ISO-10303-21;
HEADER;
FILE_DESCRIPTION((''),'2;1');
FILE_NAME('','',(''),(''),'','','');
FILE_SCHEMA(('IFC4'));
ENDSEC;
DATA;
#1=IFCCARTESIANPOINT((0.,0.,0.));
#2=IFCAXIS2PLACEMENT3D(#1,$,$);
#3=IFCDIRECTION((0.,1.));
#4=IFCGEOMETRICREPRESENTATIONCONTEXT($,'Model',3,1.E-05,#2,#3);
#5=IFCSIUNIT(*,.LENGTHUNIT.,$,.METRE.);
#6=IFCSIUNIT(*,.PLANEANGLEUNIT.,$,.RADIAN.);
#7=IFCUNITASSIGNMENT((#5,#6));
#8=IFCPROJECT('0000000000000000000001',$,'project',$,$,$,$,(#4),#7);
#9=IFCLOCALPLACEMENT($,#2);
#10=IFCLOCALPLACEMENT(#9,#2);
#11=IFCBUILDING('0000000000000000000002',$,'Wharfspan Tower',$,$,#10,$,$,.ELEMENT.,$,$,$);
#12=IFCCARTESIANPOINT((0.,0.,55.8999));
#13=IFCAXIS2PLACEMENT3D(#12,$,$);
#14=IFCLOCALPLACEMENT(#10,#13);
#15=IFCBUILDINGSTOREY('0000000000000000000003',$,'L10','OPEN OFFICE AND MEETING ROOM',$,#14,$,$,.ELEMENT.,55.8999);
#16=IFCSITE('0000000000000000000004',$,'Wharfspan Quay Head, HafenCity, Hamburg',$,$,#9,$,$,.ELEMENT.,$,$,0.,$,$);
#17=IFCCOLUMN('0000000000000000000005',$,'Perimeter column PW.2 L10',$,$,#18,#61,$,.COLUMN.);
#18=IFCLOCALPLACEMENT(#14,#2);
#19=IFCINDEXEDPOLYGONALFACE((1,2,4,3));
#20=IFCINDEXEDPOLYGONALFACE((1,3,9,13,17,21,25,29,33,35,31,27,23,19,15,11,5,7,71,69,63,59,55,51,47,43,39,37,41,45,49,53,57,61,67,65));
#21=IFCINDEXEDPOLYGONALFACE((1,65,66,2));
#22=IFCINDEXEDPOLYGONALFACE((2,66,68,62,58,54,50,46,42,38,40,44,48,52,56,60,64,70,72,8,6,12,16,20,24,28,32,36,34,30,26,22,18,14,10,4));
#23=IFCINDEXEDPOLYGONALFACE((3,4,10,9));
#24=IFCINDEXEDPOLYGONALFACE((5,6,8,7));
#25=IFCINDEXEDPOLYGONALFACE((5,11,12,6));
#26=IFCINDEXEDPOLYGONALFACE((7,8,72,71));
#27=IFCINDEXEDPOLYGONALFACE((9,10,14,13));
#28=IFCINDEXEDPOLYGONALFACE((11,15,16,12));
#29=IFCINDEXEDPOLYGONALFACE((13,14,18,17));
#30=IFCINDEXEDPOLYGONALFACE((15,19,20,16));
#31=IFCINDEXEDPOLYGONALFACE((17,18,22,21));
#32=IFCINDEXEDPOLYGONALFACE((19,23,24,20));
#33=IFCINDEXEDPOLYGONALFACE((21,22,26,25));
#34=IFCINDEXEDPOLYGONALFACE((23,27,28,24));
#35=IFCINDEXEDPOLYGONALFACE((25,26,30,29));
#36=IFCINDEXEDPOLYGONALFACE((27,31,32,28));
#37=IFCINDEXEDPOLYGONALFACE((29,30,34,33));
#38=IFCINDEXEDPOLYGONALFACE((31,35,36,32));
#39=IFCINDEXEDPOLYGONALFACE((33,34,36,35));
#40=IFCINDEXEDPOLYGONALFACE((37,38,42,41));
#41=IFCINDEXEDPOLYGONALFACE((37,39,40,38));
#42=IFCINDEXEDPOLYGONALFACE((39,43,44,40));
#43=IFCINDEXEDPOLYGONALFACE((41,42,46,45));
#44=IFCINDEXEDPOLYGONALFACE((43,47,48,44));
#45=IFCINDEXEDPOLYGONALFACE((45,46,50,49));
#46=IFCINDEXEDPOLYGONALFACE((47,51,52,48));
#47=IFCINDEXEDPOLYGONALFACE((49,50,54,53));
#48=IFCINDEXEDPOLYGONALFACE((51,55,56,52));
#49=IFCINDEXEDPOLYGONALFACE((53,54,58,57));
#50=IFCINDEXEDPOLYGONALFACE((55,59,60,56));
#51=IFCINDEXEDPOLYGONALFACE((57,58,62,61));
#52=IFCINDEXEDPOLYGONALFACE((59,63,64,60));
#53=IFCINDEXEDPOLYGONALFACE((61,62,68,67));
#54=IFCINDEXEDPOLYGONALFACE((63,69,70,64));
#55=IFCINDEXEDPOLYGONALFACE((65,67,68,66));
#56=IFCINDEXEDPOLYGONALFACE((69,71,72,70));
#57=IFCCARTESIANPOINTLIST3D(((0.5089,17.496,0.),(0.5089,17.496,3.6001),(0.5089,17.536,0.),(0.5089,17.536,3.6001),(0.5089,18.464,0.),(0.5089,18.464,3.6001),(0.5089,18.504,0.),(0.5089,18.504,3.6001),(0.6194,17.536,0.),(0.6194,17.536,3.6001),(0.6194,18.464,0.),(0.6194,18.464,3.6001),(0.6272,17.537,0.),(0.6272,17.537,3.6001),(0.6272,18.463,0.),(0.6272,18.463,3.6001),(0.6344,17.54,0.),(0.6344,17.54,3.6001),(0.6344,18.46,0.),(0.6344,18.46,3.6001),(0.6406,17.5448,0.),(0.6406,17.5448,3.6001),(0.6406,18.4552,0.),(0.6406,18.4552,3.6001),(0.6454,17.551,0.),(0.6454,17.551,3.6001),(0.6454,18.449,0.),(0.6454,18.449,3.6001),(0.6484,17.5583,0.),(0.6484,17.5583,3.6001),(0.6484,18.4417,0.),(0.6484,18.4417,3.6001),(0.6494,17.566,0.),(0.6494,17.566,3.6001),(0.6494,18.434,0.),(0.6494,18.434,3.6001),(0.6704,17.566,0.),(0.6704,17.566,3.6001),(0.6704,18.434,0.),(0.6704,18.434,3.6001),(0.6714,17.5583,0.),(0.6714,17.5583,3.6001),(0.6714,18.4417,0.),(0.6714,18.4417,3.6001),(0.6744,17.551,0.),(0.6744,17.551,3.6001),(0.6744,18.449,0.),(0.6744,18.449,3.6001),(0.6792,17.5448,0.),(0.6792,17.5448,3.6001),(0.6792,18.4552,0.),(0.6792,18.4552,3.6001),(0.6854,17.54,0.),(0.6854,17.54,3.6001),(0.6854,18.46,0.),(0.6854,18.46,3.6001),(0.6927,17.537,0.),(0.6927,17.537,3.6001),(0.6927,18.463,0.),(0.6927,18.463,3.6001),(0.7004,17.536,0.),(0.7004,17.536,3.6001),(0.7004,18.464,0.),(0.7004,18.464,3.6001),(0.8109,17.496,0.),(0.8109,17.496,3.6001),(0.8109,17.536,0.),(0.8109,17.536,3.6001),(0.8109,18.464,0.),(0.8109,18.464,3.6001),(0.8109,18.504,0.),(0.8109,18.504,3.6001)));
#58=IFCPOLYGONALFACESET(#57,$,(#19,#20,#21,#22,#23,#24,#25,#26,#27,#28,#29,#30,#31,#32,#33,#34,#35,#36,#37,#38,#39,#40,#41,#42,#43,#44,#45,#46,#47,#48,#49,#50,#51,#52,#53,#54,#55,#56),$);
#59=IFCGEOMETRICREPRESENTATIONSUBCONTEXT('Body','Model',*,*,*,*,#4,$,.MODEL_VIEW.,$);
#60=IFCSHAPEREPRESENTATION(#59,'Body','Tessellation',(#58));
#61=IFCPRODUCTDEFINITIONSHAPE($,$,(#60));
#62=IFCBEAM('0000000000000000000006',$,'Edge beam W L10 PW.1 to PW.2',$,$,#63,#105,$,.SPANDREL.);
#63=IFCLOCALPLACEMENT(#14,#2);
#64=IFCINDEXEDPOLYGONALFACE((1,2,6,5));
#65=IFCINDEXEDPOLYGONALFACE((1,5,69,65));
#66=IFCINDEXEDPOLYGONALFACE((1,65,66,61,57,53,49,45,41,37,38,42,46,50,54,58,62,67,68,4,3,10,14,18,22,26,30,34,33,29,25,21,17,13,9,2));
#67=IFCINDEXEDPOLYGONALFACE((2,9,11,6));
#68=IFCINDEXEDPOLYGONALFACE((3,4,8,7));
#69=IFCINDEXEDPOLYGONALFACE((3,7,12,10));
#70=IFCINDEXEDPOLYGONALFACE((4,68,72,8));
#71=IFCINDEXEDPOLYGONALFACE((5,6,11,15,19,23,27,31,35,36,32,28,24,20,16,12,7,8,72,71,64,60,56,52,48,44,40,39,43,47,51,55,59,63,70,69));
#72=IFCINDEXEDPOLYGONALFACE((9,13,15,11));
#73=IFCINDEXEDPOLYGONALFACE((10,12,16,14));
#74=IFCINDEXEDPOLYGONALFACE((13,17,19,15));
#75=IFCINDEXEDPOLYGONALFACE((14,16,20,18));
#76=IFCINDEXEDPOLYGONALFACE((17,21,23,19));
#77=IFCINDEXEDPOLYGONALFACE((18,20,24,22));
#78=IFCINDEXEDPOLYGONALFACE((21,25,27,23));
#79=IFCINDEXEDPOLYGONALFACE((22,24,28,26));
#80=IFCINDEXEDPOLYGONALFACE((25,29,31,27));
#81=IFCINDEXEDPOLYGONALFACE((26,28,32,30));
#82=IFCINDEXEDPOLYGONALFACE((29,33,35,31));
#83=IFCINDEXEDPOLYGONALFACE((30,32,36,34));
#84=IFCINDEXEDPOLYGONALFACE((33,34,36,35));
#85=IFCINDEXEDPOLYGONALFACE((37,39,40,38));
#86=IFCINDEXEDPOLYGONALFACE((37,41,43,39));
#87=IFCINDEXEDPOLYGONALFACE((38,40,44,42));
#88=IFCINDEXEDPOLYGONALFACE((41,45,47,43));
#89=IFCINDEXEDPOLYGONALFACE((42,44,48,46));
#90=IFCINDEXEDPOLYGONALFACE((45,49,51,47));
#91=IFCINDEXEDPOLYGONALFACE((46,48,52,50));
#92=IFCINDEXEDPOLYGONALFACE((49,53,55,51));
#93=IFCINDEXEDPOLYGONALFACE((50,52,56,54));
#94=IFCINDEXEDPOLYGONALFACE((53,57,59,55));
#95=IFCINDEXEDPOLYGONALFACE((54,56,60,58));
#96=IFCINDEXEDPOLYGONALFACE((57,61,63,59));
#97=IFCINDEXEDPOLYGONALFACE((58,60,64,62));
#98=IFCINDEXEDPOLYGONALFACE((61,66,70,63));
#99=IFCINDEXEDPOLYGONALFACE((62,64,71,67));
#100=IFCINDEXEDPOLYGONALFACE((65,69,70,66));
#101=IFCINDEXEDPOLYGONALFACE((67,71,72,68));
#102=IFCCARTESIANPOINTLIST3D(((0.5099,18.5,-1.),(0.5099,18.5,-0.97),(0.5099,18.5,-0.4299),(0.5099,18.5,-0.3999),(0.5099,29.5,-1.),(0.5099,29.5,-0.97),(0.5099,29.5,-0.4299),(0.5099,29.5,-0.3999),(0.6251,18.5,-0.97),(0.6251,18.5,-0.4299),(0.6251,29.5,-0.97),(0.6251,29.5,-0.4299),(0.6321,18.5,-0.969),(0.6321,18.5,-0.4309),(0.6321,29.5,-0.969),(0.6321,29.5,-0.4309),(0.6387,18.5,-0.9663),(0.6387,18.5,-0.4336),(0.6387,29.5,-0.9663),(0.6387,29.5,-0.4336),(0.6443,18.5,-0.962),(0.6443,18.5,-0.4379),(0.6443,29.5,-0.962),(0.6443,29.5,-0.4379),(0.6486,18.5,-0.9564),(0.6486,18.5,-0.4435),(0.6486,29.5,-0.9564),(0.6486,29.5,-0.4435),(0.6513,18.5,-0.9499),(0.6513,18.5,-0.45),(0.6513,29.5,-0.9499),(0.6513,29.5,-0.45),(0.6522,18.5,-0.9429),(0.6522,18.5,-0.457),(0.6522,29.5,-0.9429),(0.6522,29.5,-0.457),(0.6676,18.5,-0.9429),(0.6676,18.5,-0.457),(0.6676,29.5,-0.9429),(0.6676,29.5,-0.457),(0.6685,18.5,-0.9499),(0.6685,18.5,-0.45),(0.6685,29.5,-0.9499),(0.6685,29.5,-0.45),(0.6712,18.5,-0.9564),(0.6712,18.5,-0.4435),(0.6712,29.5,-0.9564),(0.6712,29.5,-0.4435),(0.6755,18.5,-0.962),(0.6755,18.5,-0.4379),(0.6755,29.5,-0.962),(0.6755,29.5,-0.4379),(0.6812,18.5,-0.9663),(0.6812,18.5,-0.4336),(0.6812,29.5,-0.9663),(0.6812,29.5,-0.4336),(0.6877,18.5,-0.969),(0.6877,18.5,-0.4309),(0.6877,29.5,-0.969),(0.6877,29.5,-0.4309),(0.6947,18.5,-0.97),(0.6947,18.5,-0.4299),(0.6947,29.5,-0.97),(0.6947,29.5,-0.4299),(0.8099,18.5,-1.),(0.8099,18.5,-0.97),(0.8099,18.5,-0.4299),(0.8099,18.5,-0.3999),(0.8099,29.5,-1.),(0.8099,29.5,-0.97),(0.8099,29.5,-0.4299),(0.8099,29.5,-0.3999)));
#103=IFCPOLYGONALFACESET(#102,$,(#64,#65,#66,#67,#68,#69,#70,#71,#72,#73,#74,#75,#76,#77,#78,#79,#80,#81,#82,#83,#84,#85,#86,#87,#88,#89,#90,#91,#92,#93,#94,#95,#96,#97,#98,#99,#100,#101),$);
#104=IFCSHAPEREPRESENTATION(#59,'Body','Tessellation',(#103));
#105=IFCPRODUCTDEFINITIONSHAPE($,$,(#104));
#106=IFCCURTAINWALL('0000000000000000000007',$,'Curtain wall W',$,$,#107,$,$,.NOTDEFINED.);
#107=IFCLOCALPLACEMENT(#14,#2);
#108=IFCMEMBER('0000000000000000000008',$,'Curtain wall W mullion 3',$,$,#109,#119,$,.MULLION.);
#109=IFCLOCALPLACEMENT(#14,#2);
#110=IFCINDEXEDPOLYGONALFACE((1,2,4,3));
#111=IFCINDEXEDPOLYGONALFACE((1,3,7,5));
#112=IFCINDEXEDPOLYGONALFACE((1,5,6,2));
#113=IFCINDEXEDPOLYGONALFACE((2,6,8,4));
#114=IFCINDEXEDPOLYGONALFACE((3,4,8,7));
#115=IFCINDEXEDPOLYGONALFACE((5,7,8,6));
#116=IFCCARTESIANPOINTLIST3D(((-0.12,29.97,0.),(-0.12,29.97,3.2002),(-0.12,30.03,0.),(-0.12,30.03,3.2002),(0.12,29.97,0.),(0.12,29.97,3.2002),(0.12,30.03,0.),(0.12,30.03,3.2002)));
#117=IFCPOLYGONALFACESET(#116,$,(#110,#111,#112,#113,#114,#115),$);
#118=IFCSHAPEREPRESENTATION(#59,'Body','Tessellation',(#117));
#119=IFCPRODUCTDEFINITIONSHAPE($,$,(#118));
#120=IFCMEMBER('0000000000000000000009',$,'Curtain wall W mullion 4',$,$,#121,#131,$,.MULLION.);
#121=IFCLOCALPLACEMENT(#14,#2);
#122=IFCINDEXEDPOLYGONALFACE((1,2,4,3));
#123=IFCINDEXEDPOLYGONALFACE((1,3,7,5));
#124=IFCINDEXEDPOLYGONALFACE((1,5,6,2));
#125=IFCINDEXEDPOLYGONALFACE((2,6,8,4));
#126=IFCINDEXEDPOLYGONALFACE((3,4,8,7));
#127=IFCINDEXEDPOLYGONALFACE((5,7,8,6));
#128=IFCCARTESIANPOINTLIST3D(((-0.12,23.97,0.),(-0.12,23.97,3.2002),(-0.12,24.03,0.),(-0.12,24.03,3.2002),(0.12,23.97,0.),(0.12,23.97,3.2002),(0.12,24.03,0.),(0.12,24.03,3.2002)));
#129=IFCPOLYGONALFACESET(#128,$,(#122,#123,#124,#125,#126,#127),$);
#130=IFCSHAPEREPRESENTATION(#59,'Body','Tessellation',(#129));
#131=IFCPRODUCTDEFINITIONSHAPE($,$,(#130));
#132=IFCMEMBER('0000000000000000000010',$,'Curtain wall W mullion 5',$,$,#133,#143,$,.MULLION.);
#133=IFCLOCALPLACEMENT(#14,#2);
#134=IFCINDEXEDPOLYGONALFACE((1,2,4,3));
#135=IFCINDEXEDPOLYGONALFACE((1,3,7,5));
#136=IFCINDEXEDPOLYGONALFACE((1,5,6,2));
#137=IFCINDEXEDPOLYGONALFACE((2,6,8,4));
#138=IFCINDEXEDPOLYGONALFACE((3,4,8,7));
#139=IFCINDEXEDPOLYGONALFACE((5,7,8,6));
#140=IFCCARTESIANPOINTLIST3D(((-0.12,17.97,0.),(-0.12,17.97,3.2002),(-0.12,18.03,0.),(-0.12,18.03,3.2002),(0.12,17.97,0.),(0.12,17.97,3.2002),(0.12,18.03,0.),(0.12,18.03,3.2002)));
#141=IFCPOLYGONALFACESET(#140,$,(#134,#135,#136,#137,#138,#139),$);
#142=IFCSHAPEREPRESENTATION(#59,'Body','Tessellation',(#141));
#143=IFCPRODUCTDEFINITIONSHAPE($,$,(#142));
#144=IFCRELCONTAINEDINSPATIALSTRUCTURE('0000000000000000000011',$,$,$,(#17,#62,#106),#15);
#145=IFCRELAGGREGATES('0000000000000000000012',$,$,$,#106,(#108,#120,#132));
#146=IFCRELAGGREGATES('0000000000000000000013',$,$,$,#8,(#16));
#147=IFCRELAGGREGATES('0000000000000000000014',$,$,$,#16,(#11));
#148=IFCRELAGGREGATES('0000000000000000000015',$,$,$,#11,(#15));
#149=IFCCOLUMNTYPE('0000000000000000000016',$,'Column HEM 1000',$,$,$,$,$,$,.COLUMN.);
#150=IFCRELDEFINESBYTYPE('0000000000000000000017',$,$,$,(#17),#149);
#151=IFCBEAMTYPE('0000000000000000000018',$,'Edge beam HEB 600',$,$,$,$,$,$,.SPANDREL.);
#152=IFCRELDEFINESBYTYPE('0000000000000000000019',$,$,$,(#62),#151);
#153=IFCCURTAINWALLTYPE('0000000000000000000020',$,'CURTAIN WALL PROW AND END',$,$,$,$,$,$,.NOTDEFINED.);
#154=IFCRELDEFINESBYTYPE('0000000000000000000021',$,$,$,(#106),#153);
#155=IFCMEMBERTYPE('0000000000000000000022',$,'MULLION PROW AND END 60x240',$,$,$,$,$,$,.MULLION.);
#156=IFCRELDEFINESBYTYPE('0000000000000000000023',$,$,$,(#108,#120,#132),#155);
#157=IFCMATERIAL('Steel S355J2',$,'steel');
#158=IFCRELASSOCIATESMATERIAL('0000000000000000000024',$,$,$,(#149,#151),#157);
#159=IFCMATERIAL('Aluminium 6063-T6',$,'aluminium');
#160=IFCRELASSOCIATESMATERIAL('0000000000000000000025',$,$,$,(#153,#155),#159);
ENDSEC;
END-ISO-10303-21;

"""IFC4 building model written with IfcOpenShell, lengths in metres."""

from ifc_helpers import new_model, si_unit, direction, frame, origin, origin_2d, place, context, subcontext, project, spatial, rectangle, i_section, extrude, material, material_profile, profile_set, type_object, element, aggregate, save


model = new_model("IFC4")

# Units and contexts
model_context = context("Model", 3, precision=1e-05, world=origin(), true_north=direction((0.0, 1.0)))
body_context = subcontext(model_context, "Body", "Model", "MODEL_VIEW")
ifc_project = project(units=[si_unit("LENGTHUNIT", "METRE"), si_unit("PLANEANGLEUNIT", "RADIAN")], contexts=[model_context])

# Site, building, storey
site_placement = place(None, origin())
site = spatial("IfcSite", under=ifc_project, at=site_placement, Name="Wharfspan Quay Head, HafenCity, Hamburg", CompositionType="ELEMENT", RefElevation=0.0)
building_placement = place(site_placement, origin())
building = spatial("IfcBuilding", under=site, at=building_placement, Name="Wharfspan Tower", CompositionType="ELEMENT")
storey_placement = place(building_placement, frame((0.0, 0.0, 55.8999)))
storey = spatial("IfcBuildingStorey", under=building, at=storey_placement, Name="L10", Description="OPEN OFFICE AND MEETING ROOM", CompositionType="ELEMENT", Elevation=55.8999)

# Column
ifc_material_1 = material(Name="Steel S355J2", Category="steel")
ifc_material_profile_1 = material_profile(ifc_material_1, i_section(OverallWidth=0.302, OverallDepth=1.0081, WebThickness=0.021, FlangeThickness=0.04, FilletRadius=0.03, at=origin_2d()))
ifc_profile_set_1 = profile_set([ifc_material_profile_1], Name="Steel S355J2")
column_type = type_object("IfcColumnType", Name="Column HEM 1000", PredefinedType="COLUMN", material=ifc_profile_set_1)
column_placement = place(storey_placement, frame((0.6599, 18.0, 0.0), z_axis=(0.0, 0.0, 1.0), x_axis=(-1.0, 0.0, 0.0)))
element("IfcColumn", 1, at=column_placement, inside=storey, type_object=column_type, Name="Perimeter column PW.2 L10", PredefinedType="COLUMN", context=body_context, shape_type="SweptSolid", body=[
    extrude(i_section(OverallWidth=0.302, OverallDepth=1.0081, WebThickness=0.021, FlangeThickness=0.04, FilletRadius=0.03, at=origin_2d()), origin(), (0.0, 0.0, 1.0), 3.6001),
])

# Beam
ifc_material_profile_2 = material_profile(ifc_material_1, i_section(OverallWidth=0.3, OverallDepth=0.6001, WebThickness=0.0154, FlangeThickness=0.03, FilletRadius=0.0271, at=origin_2d()))
ifc_profile_set_2 = profile_set([ifc_material_profile_2], Name="Steel S355J2")
beam_type = type_object("IfcBeamType", Name="Edge beam HEB 600", PredefinedType="SPANDREL", material=ifc_profile_set_2)
beam_placement = place(storey_placement, frame((0.6599, 29.5, -0.7), z_axis=(0.0, -1.0, 0.0), x_axis=(1.0, 0.0, 0.0)))
element("IfcBeam", 2, at=beam_placement, inside=storey, type_object=beam_type, Name="Edge beam W L10 PW.1 to PW.2", PredefinedType="SPANDREL", context=body_context, shape_type="SweptSolid", body=[
    extrude(i_section(OverallWidth=0.3, OverallDepth=0.6001, WebThickness=0.0154, FlangeThickness=0.03, FilletRadius=0.0271, at=origin_2d()), origin(), (0.0, 0.0, 1.0), 11.0),
])

# Curtain wall, members
ifc_material_2 = material(Name="Aluminium 6063-T6", Category="aluminium")
curtain_wall_type = type_object("IfcCurtainWallType", Name="CURTAIN WALL PROW AND END", PredefinedType="NOTDEFINED", material=ifc_material_2)
curtain_wall_placement = place(storey_placement, origin())
curtain_wall = element("IfcCurtainWall", 3, at=curtain_wall_placement, inside=storey, type_object=curtain_wall_type, Name="Curtain wall W", PredefinedType="NOTDEFINED")
ifc_material_profile_3 = material_profile(ifc_material_2, rectangle(XDim=0.24, YDim=0.0601, at=origin_2d()))
ifc_profile_set_3 = profile_set([ifc_material_profile_3], Name="Aluminium 6063-T6")
member_type_1 = type_object("IfcMemberType", Name="MULLION PROW AND END 60x240", PredefinedType="MULLION", material=ifc_profile_set_3)
member_1_placement = place(storey_placement, frame((0.0, 30.0, 0.0), z_axis=(0.0, 0.0, 1.0), x_axis=(1.0, 0.0, 0.0)))
member_1 = element("IfcMember", 4, at=member_1_placement, type_object=member_type_1, Name="Curtain wall W mullion 3", PredefinedType="MULLION", context=body_context, shape_type="SweptSolid", body=[
    extrude(rectangle(XDim=0.24, YDim=0.0601, at=origin_2d()), origin(), (0.0, 0.0, 1.0), 3.2002),
])
member_2_placement = place(storey_placement, frame((0.0, 24.0, 0.0), z_axis=(0.0, 0.0, 1.0), x_axis=(1.0, 0.0, 0.0)))
member_2 = element("IfcMember", 5, at=member_2_placement, type_object=member_type_1, Name="Curtain wall W mullion 4", PredefinedType="MULLION", context=body_context, shape_type="SweptSolid", body=[
    extrude(rectangle(XDim=0.24, YDim=0.0601, at=origin_2d()), origin(), (0.0, 0.0, 1.0), 3.2002),
])
member_3_placement = place(storey_placement, frame((0.0, 18.0, 0.0), z_axis=(0.0, 0.0, 1.0), x_axis=(1.0, 0.0, 0.0)))
member_3 = element("IfcMember", 6, at=member_3_placement, type_object=member_type_1, Name="Curtain wall W mullion 5", PredefinedType="MULLION", context=body_context, shape_type="SweptSolid", body=[
    extrude(rectangle(XDim=0.24, YDim=0.0601, at=origin_2d()), origin(), (0.0, 0.0, 1.0), 3.2002),
])

aggregate(curtain_wall, [member_1, member_2, member_3])

save(model, "model.ifc")
